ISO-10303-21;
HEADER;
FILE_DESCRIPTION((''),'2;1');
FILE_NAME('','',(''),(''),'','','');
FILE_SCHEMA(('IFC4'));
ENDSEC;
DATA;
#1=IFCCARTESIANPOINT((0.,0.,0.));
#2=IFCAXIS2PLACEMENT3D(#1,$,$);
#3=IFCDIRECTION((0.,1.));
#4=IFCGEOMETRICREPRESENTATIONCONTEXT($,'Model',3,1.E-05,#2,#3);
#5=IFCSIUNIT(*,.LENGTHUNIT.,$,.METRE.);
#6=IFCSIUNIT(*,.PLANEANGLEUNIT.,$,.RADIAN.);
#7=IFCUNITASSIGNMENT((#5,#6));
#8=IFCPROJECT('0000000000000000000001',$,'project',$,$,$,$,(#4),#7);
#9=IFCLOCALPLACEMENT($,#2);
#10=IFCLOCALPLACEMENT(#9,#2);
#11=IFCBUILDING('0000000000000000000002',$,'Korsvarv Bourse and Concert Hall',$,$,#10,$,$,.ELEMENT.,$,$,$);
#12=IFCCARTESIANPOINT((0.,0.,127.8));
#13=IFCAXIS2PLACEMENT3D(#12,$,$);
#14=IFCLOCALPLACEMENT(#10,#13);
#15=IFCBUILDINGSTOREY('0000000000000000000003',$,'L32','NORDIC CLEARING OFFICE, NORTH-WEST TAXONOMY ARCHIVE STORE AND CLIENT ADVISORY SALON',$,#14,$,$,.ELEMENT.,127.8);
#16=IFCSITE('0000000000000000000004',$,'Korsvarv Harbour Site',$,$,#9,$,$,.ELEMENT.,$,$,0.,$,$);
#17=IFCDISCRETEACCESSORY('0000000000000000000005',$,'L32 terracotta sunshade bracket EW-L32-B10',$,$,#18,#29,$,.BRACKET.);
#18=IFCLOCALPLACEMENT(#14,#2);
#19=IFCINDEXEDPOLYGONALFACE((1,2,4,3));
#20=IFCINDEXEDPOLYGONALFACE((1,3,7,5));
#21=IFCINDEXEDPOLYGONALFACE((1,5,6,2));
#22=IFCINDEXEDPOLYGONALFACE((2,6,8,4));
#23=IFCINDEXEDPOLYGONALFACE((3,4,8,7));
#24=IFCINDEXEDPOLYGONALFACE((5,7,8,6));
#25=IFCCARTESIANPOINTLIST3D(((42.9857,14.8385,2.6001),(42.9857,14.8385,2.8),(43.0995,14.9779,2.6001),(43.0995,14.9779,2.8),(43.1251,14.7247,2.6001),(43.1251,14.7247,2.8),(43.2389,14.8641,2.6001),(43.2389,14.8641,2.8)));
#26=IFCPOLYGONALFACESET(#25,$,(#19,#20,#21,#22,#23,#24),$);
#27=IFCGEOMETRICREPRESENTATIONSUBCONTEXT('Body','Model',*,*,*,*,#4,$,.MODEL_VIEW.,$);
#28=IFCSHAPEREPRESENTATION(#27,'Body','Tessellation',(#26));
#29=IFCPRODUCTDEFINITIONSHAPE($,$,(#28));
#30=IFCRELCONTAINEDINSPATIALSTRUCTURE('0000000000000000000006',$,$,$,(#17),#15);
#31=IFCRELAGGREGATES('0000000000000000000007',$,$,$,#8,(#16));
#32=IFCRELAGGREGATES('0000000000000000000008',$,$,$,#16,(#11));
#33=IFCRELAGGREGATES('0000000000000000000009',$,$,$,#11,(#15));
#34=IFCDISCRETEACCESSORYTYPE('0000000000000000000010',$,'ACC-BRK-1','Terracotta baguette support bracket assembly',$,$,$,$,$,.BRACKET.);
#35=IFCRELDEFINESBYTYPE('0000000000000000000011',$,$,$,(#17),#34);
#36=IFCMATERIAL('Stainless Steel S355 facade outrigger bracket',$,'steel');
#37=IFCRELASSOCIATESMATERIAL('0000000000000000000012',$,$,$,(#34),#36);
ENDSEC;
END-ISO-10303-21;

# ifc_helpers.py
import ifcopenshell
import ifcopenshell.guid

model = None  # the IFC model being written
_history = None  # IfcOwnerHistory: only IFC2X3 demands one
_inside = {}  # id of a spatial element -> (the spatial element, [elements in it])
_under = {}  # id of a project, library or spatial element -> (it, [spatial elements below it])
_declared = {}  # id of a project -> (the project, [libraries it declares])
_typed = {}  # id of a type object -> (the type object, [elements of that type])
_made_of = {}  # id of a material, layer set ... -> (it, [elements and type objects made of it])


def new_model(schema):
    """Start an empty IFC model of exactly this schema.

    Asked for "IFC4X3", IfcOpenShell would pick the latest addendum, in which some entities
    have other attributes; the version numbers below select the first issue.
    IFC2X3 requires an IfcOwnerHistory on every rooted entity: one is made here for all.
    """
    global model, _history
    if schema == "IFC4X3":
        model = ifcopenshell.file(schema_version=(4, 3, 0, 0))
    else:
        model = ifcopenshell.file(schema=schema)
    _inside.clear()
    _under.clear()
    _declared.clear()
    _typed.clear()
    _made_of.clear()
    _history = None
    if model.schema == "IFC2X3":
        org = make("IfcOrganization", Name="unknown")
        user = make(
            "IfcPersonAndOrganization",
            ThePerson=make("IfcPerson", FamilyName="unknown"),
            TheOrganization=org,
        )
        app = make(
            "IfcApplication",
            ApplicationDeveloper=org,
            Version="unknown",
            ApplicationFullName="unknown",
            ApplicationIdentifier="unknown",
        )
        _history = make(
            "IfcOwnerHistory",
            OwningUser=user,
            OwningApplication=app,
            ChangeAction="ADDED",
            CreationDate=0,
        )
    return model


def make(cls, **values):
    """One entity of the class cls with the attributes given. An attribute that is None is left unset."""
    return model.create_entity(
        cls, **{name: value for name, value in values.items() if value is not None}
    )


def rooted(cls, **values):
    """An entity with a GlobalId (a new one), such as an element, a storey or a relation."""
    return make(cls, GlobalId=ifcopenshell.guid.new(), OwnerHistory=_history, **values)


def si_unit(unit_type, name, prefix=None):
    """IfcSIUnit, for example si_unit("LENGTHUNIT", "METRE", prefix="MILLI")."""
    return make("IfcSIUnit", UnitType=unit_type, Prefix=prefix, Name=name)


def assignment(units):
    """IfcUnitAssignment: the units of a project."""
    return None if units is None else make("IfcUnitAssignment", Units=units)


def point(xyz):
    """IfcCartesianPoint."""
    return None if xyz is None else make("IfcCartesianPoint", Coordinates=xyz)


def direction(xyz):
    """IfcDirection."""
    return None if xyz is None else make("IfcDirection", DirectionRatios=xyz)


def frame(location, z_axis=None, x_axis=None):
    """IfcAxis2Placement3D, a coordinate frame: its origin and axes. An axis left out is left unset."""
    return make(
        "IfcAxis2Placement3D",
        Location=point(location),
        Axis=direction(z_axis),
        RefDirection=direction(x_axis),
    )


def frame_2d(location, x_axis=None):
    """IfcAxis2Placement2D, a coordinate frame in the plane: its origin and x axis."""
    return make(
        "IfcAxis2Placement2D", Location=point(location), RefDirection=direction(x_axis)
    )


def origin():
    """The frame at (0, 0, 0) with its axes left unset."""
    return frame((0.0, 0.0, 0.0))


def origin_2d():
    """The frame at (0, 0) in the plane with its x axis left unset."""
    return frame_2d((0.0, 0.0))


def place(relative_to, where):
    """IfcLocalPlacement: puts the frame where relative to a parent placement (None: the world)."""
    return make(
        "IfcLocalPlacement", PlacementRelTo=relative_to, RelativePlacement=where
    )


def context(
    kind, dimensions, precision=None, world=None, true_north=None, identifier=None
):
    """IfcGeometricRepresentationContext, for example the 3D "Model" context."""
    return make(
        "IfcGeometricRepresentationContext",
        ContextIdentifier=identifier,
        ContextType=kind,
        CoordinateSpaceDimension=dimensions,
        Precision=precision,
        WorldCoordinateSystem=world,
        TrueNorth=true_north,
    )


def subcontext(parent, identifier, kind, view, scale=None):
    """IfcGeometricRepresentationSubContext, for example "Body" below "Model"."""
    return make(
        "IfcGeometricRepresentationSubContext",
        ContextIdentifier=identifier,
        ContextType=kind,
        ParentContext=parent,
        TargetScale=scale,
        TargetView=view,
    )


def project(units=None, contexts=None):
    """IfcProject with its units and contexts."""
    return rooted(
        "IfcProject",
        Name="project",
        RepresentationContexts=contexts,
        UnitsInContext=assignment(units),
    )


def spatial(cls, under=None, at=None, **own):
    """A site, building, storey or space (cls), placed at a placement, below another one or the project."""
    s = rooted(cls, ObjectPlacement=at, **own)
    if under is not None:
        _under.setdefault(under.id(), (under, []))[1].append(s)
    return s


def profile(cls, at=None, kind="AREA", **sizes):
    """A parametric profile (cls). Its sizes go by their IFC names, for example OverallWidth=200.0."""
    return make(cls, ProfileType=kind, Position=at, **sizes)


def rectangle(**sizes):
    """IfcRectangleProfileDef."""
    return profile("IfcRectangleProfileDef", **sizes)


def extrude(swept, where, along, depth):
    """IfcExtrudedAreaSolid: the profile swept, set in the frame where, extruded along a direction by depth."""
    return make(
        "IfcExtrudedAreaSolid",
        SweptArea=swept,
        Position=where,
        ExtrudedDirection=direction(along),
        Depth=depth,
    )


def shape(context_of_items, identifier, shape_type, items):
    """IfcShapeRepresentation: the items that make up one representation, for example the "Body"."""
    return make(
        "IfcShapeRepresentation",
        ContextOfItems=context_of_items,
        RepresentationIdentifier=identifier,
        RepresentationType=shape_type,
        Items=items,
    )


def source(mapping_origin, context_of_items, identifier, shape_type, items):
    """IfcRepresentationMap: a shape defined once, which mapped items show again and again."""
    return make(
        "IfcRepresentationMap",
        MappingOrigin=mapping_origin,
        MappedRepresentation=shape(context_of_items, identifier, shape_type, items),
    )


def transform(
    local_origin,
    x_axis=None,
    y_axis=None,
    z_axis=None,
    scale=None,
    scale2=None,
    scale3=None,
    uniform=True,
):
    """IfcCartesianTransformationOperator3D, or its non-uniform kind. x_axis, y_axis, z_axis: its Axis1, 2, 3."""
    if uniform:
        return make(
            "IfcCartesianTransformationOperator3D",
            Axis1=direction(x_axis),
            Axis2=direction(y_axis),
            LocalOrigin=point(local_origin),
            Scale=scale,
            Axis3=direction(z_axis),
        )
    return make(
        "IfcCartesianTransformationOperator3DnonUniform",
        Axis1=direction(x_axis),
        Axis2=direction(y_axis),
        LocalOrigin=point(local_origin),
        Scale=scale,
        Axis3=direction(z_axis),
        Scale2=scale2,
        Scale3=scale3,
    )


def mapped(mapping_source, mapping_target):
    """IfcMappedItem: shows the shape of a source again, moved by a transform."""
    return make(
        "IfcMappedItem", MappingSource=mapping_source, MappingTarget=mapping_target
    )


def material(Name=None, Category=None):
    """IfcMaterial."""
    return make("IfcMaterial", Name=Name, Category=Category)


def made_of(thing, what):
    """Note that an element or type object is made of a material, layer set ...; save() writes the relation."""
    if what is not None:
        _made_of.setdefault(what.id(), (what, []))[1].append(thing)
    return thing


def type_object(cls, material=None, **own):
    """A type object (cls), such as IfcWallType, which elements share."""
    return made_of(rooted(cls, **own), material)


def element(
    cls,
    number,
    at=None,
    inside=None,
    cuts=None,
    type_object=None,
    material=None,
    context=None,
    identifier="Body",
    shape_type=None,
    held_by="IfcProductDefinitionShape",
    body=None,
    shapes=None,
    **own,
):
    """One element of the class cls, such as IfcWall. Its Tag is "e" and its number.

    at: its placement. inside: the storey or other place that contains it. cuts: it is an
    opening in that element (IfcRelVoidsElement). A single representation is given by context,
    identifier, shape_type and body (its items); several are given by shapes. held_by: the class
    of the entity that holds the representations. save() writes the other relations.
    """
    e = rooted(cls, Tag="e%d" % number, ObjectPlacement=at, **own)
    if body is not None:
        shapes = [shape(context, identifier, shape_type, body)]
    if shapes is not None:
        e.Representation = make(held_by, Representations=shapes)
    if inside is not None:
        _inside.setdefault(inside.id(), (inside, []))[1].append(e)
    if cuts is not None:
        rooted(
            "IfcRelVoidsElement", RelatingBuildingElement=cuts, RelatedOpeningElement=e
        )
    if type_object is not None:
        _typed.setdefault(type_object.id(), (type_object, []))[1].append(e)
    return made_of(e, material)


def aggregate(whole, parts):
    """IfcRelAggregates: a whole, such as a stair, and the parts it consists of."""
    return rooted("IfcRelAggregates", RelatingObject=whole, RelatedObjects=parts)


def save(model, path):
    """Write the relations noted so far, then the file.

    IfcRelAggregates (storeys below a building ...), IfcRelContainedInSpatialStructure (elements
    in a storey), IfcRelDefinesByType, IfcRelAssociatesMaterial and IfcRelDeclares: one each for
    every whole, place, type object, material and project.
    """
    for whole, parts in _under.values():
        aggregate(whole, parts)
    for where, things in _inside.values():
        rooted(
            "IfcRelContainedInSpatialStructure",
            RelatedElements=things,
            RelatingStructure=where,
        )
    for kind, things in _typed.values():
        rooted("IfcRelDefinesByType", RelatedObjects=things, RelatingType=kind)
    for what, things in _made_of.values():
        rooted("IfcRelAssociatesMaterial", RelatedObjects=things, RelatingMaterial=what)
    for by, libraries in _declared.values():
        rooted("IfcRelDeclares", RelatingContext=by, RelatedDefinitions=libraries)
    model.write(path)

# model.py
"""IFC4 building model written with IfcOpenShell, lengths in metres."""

from ifc_helpers import new_model, si_unit, direction, frame, origin, origin_2d, place, context, subcontext, project, spatial, rectangle, extrude, source, transform, mapped, material, type_object, element, save


model = new_model("IFC4")

# Units and contexts
model_context = context("Model", 3, precision=1e-05, world=origin(), true_north=direction((0.0, 1.0)))
body_context = subcontext(model_context, "Body", "Model", "MODEL_VIEW")
ifc_project = project(units=[si_unit("LENGTHUNIT", "METRE"), si_unit("PLANEANGLEUNIT", "RADIAN")], contexts=[model_context])

# Site, building, storey
site_placement = place(None, origin())
site = spatial("IfcSite", under=ifc_project, at=site_placement, Name="Korsvarv Harbour Site", CompositionType="ELEMENT", RefElevation=0.0)
building_placement = place(site_placement, origin())
building = spatial("IfcBuilding", under=site, at=building_placement, Name="Korsvarv Bourse and Concert Hall", CompositionType="ELEMENT")
storey_placement = place(building_placement, frame((0.0, 0.0, 127.8)))
storey = spatial("IfcBuildingStorey", under=building, at=storey_placement, Name="L32", Description="NORDIC CLEARING OFFICE, NORTH-WEST TAXONOMY ARCHIVE STORE AND CLIENT ADVISORY SALON", CompositionType="ELEMENT", Elevation=127.8)

# Discrete accessory
ifc_material_1 = material(Name="Stainless Steel S355 facade outrigger bracket", Category="steel")
discrete_accessory_type = type_object("IfcDiscreteAccessoryType", Name="ACC-BRK-1", Description="Terracotta baguette support bracket assembly", PredefinedType="BRACKET", material=ifc_material_1)
shared_shape_1 = source(origin(), body_context, "Body", "SweptSolid", [
    extrude(rectangle(XDim=0.1799, YDim=0.1799, at=origin_2d()), origin(), (0.0, 0.0, 1.0), 0.2),
])
for number, where, z_axis, x_axis, name in (
    (1, (43.1123, 14.8513, 2.6001), (0.0, 0.0, 1.0), (0.63257, 0.774503, 0.0), "L32 terracotta sunshade bracket EW-L32-B10"),
):
    element("IfcDiscreteAccessory", number, at=place(storey_placement, frame(where, z_axis=z_axis, x_axis=x_axis)), inside=storey, type_object=discrete_accessory_type, Name=name, PredefinedType="BRACKET", context=body_context, shape_type="MappedRepresentation", body=[
        mapped(shared_shape_1, transform((0.0, 0.0, 0.0), scale=1.0)),
    ])

save(model, "model.ifc")
